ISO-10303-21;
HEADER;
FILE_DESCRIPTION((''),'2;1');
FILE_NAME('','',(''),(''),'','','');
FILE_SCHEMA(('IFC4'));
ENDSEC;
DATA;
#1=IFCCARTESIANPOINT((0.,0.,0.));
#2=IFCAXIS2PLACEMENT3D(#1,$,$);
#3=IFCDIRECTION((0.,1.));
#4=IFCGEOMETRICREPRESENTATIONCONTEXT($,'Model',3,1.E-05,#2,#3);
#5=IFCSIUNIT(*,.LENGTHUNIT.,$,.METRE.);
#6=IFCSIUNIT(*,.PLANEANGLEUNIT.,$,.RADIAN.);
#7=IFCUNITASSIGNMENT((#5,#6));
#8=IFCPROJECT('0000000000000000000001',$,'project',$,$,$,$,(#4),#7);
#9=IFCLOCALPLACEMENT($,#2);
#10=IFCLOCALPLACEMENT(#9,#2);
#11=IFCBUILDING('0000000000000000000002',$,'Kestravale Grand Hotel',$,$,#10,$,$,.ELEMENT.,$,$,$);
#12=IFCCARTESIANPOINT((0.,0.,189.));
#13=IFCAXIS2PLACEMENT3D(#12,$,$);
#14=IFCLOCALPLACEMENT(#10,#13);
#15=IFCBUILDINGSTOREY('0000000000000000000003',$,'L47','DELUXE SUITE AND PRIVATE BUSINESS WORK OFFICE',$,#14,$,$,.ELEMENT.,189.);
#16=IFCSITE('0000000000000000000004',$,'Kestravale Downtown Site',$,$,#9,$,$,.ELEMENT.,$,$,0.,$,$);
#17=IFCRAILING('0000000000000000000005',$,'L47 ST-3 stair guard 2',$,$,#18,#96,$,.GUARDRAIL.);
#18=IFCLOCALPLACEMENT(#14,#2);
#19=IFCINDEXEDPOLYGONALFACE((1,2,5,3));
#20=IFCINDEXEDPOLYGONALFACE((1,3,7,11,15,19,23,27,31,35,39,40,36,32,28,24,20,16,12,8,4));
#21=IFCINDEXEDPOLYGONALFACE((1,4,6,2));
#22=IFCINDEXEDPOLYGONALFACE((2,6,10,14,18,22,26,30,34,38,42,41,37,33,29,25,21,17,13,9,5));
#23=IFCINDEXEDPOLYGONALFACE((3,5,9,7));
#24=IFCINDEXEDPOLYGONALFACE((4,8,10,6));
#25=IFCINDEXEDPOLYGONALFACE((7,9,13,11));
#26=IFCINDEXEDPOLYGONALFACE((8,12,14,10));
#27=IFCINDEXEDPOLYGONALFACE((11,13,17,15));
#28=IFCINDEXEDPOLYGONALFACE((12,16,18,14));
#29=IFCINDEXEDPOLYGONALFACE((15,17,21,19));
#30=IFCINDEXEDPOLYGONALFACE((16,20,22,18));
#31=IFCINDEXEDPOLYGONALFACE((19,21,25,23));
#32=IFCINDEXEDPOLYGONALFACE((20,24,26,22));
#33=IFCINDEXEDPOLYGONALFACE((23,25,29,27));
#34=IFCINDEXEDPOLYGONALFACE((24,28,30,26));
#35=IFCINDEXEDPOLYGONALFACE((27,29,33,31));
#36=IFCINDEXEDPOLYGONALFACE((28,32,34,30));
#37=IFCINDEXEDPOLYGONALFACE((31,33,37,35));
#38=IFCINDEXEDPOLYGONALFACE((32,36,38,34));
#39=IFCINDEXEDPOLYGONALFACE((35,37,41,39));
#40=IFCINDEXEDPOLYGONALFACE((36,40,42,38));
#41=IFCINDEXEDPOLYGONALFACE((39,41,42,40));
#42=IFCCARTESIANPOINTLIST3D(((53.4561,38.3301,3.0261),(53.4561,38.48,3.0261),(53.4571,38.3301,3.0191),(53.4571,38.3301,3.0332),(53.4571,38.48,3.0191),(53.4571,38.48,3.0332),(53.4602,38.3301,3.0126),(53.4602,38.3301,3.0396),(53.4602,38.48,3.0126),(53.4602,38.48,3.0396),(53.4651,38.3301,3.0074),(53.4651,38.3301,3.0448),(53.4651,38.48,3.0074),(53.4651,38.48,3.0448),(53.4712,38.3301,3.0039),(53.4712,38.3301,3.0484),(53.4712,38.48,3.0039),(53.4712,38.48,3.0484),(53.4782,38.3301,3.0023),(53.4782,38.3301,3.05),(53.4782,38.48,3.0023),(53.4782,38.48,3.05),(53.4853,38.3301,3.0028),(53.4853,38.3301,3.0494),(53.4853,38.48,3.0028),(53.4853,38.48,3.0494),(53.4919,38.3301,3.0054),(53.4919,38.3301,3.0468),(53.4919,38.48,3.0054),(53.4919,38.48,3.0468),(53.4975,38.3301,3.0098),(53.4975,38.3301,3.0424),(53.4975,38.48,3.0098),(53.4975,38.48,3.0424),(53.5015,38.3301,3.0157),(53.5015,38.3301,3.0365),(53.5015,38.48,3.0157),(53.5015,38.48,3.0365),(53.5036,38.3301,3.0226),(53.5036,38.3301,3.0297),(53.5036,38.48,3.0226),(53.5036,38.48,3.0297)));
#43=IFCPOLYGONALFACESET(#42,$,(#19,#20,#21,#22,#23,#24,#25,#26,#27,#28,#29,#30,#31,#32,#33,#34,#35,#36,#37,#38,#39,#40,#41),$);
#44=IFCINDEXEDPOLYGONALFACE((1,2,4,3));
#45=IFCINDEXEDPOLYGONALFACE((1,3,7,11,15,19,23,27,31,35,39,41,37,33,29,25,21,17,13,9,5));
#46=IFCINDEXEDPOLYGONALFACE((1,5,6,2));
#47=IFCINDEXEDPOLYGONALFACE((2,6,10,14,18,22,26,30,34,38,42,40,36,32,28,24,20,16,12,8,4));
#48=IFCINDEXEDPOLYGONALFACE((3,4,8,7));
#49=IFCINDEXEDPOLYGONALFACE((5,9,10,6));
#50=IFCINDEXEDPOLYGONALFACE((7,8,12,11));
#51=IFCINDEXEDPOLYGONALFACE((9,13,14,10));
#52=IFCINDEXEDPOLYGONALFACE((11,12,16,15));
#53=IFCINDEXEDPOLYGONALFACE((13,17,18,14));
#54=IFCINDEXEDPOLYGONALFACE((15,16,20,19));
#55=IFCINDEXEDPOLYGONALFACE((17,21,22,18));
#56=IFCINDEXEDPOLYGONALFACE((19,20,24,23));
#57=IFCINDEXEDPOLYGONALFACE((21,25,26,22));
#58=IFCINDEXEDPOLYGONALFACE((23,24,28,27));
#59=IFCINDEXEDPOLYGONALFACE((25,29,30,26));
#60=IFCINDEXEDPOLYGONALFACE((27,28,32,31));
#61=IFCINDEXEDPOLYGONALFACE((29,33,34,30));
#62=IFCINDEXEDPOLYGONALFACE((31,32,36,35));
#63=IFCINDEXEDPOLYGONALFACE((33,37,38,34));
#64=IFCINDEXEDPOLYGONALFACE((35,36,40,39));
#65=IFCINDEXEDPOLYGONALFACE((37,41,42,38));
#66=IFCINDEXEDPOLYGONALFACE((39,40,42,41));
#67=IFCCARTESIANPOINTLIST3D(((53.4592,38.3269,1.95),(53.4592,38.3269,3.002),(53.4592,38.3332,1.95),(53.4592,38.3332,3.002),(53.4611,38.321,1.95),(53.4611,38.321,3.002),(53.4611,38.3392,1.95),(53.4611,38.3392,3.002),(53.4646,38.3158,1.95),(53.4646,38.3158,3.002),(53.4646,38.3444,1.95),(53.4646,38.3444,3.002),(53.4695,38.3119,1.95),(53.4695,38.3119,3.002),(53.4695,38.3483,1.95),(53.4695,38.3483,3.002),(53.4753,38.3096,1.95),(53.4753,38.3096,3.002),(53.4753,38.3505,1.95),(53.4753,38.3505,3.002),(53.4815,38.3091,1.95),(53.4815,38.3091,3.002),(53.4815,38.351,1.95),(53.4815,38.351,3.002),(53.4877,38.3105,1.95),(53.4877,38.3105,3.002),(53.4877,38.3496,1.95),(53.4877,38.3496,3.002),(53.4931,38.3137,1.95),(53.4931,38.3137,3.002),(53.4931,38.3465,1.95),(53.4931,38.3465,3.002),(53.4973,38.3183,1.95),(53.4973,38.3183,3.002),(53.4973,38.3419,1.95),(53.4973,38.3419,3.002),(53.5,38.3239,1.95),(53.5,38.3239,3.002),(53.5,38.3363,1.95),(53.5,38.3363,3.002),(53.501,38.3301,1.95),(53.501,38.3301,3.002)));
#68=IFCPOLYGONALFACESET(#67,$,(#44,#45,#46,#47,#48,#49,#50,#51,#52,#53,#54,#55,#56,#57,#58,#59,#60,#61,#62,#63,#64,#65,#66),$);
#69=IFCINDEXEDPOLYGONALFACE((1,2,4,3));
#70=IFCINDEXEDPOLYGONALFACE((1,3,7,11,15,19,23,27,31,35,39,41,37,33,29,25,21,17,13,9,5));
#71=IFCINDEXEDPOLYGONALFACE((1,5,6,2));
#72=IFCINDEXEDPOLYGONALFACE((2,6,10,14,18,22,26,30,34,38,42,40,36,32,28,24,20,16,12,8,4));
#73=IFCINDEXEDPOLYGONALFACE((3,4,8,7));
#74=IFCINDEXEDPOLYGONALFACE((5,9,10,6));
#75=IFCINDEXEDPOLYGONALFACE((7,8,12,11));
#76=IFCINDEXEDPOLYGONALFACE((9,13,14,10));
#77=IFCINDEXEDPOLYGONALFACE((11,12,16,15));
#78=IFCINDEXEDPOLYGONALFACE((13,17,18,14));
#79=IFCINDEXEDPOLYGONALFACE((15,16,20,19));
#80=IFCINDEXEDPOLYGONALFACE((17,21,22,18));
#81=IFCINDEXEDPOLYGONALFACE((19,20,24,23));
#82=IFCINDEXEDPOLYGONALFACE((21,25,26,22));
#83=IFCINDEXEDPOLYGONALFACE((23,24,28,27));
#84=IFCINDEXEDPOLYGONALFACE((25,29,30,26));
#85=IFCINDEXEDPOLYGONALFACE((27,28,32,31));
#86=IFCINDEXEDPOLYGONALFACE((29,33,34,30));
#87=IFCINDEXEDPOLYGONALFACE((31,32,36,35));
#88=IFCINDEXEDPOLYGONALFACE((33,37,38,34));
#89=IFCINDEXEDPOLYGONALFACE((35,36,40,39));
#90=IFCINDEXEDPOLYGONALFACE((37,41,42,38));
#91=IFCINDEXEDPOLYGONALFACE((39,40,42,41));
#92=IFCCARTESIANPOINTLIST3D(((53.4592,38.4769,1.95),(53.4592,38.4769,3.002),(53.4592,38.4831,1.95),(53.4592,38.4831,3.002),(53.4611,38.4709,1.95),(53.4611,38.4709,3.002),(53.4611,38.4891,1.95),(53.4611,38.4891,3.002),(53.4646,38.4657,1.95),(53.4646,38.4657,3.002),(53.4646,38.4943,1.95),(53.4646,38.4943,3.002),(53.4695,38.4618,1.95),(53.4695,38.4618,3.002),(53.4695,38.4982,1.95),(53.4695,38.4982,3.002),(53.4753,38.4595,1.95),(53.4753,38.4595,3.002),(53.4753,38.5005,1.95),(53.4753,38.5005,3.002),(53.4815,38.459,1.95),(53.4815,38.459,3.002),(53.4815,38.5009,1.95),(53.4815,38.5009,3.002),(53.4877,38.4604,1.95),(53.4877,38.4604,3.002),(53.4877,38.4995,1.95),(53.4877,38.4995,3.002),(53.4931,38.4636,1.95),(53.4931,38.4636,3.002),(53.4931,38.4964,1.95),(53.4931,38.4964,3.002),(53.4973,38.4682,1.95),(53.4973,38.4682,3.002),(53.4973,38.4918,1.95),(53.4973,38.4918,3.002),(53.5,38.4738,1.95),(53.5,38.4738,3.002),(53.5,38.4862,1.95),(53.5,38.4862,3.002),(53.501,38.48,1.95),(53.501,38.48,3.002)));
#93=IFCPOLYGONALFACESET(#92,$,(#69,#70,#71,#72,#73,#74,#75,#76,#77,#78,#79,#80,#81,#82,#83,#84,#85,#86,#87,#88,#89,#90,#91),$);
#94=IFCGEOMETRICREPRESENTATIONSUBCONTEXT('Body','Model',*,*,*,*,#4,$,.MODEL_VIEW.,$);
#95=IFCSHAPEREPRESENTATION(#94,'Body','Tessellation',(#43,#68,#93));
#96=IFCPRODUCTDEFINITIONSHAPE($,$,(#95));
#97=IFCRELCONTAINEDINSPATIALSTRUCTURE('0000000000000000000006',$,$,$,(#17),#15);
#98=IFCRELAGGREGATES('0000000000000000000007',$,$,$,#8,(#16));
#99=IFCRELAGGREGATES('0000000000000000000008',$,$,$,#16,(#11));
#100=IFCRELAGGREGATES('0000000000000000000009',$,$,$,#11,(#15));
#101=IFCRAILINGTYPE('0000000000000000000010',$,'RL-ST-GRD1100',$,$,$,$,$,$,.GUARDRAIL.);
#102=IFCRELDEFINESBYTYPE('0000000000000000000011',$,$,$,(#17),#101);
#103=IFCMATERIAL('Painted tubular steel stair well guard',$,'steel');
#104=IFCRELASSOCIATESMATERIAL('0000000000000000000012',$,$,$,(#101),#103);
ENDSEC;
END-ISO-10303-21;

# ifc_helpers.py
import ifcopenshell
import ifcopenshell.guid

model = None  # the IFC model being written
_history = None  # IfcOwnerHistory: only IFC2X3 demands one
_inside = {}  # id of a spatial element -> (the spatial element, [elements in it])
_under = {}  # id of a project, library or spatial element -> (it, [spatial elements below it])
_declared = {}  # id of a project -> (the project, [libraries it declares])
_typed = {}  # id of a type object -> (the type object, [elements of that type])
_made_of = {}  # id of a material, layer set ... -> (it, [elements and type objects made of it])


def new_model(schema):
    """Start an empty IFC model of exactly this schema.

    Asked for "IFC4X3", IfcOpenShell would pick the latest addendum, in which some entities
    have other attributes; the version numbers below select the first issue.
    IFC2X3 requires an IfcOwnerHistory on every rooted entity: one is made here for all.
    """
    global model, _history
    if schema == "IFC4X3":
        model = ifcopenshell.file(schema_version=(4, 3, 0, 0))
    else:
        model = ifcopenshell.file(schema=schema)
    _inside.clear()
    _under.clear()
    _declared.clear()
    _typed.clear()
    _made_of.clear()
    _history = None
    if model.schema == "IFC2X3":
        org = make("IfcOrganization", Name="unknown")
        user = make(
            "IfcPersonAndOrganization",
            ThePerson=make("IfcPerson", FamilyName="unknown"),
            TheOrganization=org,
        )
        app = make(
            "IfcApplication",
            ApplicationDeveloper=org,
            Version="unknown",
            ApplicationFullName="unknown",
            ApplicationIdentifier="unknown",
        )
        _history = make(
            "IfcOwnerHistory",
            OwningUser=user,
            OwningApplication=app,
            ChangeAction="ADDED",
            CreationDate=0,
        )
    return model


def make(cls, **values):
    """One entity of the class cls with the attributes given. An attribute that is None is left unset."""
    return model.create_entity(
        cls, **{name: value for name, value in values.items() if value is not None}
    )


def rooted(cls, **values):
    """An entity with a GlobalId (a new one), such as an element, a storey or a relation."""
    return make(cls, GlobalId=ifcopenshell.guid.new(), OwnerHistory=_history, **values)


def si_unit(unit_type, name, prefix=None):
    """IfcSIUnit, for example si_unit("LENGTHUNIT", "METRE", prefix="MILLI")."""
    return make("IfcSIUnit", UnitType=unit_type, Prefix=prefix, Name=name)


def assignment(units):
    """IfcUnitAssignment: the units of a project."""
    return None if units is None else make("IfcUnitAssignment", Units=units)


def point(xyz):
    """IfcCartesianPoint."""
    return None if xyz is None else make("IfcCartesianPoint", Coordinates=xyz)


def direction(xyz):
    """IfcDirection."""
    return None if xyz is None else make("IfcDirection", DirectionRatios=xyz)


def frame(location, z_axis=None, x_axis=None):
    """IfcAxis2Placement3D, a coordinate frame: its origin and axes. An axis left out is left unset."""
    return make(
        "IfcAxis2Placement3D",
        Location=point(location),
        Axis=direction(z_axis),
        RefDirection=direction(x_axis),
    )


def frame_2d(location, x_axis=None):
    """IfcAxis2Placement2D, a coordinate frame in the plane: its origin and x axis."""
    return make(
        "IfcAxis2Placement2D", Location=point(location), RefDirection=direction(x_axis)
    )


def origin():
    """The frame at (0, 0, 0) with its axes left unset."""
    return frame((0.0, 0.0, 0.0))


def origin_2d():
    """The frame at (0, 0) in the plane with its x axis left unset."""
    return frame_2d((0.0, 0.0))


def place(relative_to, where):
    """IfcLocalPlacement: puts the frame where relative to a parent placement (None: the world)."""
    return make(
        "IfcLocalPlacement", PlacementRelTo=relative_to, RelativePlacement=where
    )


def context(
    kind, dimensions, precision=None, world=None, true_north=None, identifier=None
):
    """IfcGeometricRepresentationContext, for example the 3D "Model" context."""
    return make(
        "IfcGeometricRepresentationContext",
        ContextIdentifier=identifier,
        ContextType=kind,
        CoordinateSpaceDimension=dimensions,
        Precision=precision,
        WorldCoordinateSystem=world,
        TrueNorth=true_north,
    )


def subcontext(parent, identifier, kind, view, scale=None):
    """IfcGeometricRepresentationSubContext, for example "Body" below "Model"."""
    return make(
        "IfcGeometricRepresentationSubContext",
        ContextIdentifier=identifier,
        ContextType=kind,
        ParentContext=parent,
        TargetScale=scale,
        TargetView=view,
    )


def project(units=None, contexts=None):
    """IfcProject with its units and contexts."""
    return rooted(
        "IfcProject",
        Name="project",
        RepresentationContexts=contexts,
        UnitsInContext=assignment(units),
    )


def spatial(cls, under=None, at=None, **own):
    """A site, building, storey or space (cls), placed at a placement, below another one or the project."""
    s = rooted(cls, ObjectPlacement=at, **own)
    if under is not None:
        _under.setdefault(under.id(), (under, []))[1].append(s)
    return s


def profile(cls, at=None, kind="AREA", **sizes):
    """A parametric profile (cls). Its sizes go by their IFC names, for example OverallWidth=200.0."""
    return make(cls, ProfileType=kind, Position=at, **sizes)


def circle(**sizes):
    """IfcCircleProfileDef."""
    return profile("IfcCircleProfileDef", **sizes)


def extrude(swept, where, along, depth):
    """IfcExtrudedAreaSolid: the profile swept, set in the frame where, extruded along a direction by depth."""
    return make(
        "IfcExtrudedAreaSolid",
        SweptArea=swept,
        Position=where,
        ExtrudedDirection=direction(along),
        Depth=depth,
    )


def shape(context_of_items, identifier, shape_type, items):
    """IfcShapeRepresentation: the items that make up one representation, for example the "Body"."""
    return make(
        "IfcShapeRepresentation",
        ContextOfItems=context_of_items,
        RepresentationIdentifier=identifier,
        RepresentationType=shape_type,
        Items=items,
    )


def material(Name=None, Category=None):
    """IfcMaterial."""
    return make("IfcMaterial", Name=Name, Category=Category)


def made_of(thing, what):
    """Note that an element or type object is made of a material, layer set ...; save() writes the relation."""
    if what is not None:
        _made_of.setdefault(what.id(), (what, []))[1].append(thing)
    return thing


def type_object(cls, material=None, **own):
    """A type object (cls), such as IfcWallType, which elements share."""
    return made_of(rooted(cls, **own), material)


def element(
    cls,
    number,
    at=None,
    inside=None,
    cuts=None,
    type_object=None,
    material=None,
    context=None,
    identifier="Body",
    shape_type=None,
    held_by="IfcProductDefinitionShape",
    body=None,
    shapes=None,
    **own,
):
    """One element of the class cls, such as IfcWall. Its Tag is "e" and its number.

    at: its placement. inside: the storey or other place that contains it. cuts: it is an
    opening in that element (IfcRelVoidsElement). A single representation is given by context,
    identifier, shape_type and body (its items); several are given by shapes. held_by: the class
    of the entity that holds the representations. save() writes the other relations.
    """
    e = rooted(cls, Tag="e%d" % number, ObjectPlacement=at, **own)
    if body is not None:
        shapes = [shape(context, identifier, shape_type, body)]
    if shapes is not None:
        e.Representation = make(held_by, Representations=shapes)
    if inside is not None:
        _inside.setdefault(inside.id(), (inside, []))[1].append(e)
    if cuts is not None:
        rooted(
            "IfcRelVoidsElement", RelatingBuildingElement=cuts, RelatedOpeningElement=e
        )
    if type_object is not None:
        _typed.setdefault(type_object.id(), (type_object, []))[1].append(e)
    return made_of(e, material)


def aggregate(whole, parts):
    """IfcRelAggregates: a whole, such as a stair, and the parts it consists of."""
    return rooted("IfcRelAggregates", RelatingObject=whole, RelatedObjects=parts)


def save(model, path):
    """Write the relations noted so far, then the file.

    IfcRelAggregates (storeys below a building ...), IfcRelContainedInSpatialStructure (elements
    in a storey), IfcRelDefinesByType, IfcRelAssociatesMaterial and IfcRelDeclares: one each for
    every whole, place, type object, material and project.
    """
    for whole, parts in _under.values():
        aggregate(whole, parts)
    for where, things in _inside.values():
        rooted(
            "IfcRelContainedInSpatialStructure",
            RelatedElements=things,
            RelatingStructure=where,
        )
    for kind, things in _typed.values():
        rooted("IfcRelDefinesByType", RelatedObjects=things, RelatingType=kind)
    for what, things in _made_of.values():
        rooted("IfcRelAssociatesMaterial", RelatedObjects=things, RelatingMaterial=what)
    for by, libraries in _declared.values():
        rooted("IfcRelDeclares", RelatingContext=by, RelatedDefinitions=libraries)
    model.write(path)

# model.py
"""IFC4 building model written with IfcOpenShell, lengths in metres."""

from ifc_helpers import new_model, si_unit, direction, frame, origin, origin_2d, place, context, subcontext, project, spatial, circle, extrude, material, type_object, element, save


model = new_model("IFC4")

# Units and contexts
model_context = context("Model", 3, precision=1e-05, world=origin(), true_north=direction((0.0, 1.0)))
body_context = subcontext(model_context, "Body", "Model", "MODEL_VIEW")
ifc_project = project(units=[si_unit("LENGTHUNIT", "METRE"), si_unit("PLANEANGLEUNIT", "RADIAN")], contexts=[model_context])

# Site, building, storey
site_placement = place(None, origin())
site = spatial("IfcSite", under=ifc_project, at=site_placement, Name="Kestravale Downtown Site", CompositionType="ELEMENT", RefElevation=0.0)
building_placement = place(site_placement, origin())
building = spatial("IfcBuilding", under=site, at=building_placement, Name="Kestravale Grand Hotel", CompositionType="ELEMENT")
storey_placement = place(building_placement, frame((0.0, 0.0, 189.0)))
storey = spatial("IfcBuildingStorey", under=building, at=storey_placement, Name="L47", Description="DELUXE SUITE AND PRIVATE BUSINESS WORK OFFICE", CompositionType="ELEMENT", Elevation=189.0)

# Railing
ifc_material_1 = material(Name="Painted tubular steel stair well guard", Category="steel")
railing_type_1 = type_object("IfcRailingType", Name="RL-ST-GRD1100", PredefinedType="GUARDRAIL", material=ifc_material_1)
railing_1_placement = place(storey_placement, frame((53.48, 38.3301, 1.95)))
element("IfcRailing", 1, at=railing_1_placement, inside=storey, type_object=railing_type_1, Name="L47 ST-3 stair guard 2", PredefinedType="GUARDRAIL", context=body_context, shape_type="SweptSolid", body=[
    extrude(circle(Radius=0.0239, at=origin_2d()), frame((0.0, 0.0, 1.0762), z_axis=(0.0, 1.0, 0.0), x_axis=(-1.0, 0.0, 0.0)), (0.0, 0.0, 1.0), 0.1499),
    extrude(circle(Radius=0.021, at=origin_2d()), origin(), (0.0, 0.0, 1.0), 1.052),
    extrude(circle(Radius=0.021, at=origin_2d()), frame((0.0, 0.1499, 0.0)), (0.0, 0.0, 1.0), 1.052),
])

save(model, "model.ifc")
